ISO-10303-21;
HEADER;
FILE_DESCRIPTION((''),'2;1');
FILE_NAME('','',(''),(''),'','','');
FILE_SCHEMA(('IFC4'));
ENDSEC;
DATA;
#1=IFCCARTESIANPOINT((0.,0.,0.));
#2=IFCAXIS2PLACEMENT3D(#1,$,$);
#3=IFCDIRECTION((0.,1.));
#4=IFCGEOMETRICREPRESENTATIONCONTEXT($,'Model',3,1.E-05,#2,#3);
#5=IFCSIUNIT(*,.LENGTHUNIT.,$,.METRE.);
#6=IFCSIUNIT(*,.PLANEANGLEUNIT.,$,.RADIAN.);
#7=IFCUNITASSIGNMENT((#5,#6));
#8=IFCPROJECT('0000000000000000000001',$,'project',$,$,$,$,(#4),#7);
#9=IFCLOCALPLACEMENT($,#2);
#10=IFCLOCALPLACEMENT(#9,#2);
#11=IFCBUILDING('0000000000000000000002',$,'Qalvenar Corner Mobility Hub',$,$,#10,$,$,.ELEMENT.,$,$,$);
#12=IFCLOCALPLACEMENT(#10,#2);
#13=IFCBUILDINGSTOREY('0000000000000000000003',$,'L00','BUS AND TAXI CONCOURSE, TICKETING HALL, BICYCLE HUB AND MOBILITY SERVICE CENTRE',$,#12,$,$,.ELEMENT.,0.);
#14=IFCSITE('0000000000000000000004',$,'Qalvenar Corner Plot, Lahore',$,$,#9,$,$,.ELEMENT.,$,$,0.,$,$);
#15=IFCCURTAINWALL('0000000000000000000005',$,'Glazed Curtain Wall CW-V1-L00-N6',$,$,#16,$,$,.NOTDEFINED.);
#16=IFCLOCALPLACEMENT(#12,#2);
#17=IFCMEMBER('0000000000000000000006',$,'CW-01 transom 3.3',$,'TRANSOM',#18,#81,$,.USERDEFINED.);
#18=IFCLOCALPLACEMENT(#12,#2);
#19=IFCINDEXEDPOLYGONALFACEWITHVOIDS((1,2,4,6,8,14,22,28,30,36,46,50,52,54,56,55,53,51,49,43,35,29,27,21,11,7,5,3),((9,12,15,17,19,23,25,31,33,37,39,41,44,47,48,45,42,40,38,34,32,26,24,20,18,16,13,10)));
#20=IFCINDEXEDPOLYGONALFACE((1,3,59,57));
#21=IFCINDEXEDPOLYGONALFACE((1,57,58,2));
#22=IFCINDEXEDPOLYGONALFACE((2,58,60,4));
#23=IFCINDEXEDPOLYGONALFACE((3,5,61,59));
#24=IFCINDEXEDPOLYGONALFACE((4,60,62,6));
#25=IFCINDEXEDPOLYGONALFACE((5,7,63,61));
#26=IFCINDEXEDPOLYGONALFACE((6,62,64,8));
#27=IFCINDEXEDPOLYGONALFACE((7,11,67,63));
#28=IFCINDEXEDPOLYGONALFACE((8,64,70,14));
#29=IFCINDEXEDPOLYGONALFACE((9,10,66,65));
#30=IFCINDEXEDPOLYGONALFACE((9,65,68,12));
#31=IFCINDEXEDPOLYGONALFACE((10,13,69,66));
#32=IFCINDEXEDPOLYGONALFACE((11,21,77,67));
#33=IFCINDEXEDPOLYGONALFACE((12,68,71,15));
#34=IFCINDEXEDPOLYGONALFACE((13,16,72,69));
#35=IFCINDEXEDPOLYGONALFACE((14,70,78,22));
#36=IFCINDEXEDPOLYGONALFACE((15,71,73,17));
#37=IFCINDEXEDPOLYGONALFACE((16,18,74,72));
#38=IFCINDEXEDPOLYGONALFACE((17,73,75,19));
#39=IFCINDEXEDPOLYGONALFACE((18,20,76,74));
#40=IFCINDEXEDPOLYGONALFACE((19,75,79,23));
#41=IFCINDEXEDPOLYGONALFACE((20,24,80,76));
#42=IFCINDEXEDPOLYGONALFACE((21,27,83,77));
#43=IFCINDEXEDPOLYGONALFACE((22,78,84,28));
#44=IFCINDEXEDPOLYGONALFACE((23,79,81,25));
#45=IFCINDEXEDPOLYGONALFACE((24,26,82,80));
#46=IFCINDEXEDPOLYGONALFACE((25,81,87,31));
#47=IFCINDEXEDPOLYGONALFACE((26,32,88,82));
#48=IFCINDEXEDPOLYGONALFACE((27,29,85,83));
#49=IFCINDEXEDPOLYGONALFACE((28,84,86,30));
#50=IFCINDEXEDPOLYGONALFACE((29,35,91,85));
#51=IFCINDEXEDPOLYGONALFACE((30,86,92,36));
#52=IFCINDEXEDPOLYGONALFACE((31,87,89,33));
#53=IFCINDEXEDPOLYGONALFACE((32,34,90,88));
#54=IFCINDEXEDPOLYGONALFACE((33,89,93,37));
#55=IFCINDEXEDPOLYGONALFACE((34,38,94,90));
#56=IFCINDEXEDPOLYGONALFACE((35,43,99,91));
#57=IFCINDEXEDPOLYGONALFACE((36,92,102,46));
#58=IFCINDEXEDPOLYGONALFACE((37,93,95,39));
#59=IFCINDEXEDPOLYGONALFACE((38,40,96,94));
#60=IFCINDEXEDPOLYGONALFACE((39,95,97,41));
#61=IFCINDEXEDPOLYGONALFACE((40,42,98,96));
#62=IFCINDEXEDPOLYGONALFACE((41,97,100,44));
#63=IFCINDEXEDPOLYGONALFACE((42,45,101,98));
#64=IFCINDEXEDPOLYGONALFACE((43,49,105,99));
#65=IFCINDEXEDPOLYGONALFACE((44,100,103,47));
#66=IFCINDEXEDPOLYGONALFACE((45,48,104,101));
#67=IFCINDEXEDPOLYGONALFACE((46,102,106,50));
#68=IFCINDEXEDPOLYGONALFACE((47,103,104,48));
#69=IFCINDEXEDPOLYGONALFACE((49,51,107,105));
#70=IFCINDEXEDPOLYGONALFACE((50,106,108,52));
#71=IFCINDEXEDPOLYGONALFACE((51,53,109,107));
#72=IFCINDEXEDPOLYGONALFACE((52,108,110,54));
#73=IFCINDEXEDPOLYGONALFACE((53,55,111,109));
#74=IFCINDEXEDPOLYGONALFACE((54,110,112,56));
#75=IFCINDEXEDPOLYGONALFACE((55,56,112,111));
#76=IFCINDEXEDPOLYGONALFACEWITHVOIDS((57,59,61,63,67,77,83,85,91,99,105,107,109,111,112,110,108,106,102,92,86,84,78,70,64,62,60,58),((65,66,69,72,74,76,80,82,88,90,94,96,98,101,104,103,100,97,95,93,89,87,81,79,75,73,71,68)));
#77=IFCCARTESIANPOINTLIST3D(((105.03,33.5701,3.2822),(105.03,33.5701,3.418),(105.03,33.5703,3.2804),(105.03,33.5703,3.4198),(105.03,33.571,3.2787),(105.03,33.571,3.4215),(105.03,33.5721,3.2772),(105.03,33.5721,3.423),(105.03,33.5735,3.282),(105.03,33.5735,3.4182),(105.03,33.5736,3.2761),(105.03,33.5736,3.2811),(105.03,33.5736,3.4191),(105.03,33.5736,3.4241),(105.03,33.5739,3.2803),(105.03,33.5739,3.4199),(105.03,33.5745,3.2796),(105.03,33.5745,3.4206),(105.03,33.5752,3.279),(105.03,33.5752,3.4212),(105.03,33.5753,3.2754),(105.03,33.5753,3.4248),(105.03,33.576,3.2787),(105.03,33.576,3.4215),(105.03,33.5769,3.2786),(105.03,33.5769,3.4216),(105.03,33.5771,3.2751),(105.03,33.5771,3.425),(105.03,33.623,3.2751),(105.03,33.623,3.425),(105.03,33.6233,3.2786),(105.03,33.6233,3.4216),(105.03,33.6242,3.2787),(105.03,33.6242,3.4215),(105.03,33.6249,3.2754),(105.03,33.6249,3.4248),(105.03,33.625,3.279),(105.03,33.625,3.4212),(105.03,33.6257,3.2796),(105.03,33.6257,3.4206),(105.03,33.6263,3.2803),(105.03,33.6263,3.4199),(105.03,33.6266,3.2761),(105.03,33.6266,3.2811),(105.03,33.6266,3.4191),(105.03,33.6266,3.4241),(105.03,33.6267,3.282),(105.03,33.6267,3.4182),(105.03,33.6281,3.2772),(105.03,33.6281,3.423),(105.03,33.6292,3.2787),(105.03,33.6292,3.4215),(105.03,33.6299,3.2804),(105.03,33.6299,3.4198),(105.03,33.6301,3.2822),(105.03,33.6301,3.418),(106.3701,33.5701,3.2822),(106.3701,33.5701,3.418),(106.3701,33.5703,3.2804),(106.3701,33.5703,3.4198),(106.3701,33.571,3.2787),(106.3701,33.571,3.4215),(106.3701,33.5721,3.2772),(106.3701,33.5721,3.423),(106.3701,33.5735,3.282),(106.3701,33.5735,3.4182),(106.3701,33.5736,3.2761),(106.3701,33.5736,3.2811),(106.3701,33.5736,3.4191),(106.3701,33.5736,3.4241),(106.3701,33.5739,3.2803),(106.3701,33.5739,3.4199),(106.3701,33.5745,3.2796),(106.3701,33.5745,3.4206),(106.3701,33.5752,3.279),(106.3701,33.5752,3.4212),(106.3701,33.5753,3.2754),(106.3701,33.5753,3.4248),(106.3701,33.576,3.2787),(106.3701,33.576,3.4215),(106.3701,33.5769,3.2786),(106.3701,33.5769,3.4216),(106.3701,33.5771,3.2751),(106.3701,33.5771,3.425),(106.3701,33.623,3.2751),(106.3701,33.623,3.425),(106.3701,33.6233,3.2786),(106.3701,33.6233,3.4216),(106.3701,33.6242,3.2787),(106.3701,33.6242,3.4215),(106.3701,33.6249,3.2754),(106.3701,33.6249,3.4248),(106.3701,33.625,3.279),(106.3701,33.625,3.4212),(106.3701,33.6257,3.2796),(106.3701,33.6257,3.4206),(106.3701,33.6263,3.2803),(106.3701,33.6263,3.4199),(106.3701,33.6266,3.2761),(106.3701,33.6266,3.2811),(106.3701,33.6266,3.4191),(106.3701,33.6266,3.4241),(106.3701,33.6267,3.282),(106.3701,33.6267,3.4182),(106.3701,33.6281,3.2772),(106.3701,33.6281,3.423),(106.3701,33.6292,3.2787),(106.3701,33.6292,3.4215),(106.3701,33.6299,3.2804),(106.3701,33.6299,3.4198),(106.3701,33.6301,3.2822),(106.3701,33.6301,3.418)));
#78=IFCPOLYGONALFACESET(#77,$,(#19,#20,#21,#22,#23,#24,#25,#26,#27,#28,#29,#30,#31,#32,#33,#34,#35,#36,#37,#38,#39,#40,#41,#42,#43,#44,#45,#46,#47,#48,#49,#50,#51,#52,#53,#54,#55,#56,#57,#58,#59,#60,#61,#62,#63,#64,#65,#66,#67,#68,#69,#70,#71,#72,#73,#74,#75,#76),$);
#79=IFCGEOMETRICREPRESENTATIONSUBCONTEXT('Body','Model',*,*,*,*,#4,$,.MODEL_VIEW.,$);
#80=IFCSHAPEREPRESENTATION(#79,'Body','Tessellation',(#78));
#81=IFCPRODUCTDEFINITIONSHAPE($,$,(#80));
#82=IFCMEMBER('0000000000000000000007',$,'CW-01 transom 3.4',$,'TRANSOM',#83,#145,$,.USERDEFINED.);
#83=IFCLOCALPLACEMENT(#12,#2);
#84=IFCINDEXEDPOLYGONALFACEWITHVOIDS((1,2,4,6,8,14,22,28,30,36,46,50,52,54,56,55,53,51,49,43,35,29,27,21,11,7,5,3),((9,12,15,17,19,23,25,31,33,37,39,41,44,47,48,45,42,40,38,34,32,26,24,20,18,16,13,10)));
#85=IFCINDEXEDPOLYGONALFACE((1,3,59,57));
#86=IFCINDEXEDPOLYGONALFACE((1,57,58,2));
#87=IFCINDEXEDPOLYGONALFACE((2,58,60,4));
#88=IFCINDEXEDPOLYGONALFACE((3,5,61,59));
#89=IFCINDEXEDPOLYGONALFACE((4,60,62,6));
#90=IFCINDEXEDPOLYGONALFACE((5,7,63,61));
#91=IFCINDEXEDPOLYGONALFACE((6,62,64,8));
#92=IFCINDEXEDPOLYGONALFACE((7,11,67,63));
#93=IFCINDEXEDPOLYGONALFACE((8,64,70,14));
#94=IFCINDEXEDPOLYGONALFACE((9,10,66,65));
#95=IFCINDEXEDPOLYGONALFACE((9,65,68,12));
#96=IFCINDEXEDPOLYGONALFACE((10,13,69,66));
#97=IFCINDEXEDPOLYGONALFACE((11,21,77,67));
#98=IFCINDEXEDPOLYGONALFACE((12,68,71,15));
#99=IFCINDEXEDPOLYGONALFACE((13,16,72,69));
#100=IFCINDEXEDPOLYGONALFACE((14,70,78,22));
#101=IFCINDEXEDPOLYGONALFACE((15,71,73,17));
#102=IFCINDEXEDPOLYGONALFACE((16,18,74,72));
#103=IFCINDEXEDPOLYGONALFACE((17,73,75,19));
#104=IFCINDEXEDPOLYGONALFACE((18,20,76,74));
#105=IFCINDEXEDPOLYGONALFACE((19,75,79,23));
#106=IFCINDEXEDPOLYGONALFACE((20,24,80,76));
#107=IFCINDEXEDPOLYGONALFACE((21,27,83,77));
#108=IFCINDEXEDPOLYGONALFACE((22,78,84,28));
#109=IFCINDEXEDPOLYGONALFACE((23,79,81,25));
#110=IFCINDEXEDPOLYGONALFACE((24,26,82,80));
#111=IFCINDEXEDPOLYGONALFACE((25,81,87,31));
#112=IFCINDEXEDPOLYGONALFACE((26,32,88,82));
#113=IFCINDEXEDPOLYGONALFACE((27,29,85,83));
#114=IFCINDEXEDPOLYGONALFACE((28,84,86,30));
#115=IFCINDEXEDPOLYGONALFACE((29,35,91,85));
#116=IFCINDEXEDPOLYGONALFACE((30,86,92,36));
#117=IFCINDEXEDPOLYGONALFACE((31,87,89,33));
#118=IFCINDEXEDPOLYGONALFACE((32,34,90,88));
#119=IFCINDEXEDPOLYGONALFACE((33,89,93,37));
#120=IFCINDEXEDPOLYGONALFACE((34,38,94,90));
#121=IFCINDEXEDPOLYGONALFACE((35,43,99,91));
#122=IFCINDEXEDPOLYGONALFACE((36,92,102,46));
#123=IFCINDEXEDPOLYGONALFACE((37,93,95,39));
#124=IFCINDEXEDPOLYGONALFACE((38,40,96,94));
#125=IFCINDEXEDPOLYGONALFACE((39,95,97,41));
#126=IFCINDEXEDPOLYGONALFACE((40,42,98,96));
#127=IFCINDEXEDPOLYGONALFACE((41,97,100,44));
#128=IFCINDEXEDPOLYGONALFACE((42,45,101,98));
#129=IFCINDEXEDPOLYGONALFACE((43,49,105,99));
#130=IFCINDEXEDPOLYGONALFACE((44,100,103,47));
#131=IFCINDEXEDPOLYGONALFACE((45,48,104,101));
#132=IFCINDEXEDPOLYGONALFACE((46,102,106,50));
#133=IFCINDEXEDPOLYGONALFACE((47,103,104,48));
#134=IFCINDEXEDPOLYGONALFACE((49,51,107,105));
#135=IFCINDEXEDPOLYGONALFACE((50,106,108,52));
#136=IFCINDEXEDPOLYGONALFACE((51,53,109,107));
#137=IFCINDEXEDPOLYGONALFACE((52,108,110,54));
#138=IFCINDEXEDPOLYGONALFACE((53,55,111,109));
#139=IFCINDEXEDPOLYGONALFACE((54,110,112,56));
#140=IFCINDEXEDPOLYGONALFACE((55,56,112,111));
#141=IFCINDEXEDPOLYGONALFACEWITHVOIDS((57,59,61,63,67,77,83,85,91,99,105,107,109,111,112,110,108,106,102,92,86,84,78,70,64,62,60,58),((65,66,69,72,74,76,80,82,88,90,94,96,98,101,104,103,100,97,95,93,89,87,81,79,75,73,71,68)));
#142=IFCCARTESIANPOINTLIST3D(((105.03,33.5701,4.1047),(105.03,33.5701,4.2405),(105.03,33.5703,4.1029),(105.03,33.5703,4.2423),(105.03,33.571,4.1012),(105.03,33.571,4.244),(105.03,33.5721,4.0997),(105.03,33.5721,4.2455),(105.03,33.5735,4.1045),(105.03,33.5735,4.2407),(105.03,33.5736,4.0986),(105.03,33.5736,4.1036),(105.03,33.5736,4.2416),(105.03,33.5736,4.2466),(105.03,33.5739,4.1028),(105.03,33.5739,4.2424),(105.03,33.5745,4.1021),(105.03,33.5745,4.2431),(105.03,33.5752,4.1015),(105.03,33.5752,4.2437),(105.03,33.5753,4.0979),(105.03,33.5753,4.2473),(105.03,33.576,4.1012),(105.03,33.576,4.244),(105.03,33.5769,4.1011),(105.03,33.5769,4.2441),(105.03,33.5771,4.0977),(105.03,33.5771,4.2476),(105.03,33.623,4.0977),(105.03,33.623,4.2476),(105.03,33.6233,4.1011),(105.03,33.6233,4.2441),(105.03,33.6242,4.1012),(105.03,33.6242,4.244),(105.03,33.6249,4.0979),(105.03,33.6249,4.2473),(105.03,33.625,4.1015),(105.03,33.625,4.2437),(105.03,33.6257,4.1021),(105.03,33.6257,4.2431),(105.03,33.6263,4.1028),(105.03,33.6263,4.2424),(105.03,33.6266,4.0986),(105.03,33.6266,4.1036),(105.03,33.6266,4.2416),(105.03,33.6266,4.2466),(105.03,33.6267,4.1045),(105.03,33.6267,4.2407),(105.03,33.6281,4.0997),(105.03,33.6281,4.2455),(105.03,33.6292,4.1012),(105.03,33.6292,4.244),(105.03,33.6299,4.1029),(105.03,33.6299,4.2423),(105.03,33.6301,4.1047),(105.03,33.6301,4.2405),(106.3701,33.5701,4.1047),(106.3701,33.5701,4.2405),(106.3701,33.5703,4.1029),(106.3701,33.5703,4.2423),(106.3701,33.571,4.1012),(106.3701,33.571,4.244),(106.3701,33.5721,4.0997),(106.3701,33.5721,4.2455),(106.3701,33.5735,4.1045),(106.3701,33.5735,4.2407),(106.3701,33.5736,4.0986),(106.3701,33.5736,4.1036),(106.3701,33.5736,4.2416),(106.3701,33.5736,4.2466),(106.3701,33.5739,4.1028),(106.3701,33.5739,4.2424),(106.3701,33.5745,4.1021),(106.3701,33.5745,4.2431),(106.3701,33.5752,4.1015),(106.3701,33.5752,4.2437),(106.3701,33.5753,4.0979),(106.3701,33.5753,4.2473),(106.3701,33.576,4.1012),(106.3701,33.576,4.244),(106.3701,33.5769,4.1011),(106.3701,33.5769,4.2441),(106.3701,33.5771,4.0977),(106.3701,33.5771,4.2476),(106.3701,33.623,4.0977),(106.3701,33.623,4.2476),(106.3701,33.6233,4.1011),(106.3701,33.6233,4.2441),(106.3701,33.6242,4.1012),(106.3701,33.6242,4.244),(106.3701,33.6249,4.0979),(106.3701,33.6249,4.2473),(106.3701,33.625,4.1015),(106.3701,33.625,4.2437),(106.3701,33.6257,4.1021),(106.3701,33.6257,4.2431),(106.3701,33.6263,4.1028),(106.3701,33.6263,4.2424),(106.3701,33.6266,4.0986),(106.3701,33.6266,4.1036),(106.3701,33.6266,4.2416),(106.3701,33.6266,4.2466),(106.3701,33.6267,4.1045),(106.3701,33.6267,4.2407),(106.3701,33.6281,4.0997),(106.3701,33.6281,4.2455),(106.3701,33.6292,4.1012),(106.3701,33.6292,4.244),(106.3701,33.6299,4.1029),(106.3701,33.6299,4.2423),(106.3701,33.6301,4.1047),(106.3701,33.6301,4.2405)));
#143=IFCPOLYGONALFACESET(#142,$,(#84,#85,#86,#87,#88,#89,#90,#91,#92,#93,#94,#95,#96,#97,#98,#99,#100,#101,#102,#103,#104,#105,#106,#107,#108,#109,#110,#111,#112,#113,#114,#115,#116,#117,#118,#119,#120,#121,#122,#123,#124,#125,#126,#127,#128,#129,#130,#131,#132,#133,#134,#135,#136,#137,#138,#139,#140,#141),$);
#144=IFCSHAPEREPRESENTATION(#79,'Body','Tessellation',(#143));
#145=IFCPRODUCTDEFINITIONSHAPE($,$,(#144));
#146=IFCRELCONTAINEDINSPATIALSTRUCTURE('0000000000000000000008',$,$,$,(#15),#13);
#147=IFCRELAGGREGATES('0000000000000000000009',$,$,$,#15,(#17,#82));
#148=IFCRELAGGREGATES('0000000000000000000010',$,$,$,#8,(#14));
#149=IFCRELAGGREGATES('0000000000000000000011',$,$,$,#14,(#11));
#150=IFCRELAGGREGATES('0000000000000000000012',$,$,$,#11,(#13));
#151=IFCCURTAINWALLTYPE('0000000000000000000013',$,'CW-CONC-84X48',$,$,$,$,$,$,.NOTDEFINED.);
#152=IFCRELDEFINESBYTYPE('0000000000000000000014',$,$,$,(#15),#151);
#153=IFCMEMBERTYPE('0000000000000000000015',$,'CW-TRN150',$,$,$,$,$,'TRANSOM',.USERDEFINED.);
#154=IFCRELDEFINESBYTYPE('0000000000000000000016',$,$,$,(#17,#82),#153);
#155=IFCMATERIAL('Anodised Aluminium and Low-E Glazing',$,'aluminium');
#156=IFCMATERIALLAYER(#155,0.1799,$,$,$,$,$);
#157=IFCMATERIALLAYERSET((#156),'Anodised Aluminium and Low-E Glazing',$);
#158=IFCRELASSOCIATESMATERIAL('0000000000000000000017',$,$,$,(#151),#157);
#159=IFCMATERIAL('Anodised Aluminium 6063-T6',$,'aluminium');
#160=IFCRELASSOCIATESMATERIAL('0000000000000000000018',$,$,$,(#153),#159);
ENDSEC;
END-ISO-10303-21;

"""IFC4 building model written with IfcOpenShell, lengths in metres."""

from ifc_helpers import new_model, si_unit, direction, frame, origin, origin_2d, place, context, subcontext, project, spatial, hollow_rectangle, extrude, material, layer, layer_set, material_profile, profile_set, type_object, element, aggregate, save


model = new_model("IFC4")

# Units and contexts
model_context = context("Model", 3, precision=1e-05, world=origin(), true_north=direction((0.0, 1.0)))
body_context = subcontext(model_context, "Body", "Model", "MODEL_VIEW")
ifc_project = project(units=[si_unit("LENGTHUNIT", "METRE"), si_unit("PLANEANGLEUNIT", "RADIAN")], contexts=[model_context])

# Site, building, storey
site_placement = place(None, origin())
site = spatial("IfcSite", under=ifc_project, at=site_placement, Name="Qalvenar Corner Plot, Lahore", CompositionType="ELEMENT", RefElevation=0.0)
building_placement = place(site_placement, origin())
building = spatial("IfcBuilding", under=site, at=building_placement, Name="Qalvenar Corner Mobility Hub", CompositionType="ELEMENT")
storey_placement = place(building_placement, origin())
storey = spatial("IfcBuildingStorey", under=building, at=storey_placement, Name="L00", Description="BUS AND TAXI CONCOURSE, TICKETING HALL, BICYCLE HUB AND MOBILITY SERVICE CENTRE", CompositionType="ELEMENT", Elevation=0.0)

# Curtain wall, members
ifc_material_1 = material(Name="Anodised Aluminium and Low-E Glazing", Category="aluminium")
ifc_layer_1 = layer(ifc_material_1, 0.1799)
ifc_layer_set_1 = layer_set([ifc_layer_1], Name="Anodised Aluminium and Low-E Glazing")
curtain_wall_type = type_object("IfcCurtainWallType", Name="CW-CONC-84X48", PredefinedType="NOTDEFINED", material=ifc_layer_set_1)
curtain_wall_placement = place(storey_placement, origin())
curtain_wall = element("IfcCurtainWall", 1, at=curtain_wall_placement, inside=storey, type_object=curtain_wall_type, Name="Glazed Curtain Wall CW-V1-L00-N6", PredefinedType="NOTDEFINED")
ifc_material_2 = material(Name="Anodised Aluminium 6063-T6", Category="aluminium")
ifc_material_profile_1 = material_profile(ifc_material_2, hollow_rectangle(XDim=0.0601, YDim=0.1499, WallThickness=0.0034, InnerFilletRadius=0.0034, OuterFilletRadius=0.0071, at=origin_2d()), Name="RHS150x60x3.5")
ifc_profile_set_1 = profile_set([ifc_material_profile_1], Name="Anodised Aluminium 6063-T6")
member_type_1 = type_object("IfcMemberType", Name="CW-TRN150", ElementType="TRANSOM", PredefinedType="USERDEFINED", material=ifc_profile_set_1)
member_1_placement = place(storey_placement, frame((106.3701, 33.6001, 3.3501), z_axis=(-1.0, 0.0, 0.0), x_axis=(0.0, -1.0, 0.0)))
member_1 = element("IfcMember", 2, at=member_1_placement, type_object=member_type_1, Name="CW-01 transom 3.3", ObjectType="TRANSOM", PredefinedType="USERDEFINED", context=body_context, shape_type="SweptSolid", body=[
    extrude(hollow_rectangle(XDim=0.0601, YDim=0.1499, WallThickness=0.0034, InnerFilletRadius=0.0034, OuterFilletRadius=0.0071, at=origin_2d()), origin(), (0.0, 0.0, 1.0), 1.3401),
])
member_2_placement = place(storey_placement, frame((106.3701, 33.6001, 4.1726), z_axis=(-1.0, 0.0, 0.0), x_axis=(0.0, -1.0, 0.0)))
member_2 = element("IfcMember", 3, at=member_2_placement, type_object=member_type_1, Name="CW-01 transom 3.4", ObjectType="TRANSOM", PredefinedType="USERDEFINED", context=body_context, shape_type="SweptSolid", body=[
    extrude(hollow_rectangle(XDim=0.0601, YDim=0.1499, WallThickness=0.0034, InnerFilletRadius=0.0034, OuterFilletRadius=0.0071, at=origin_2d()), origin(), (0.0, 0.0, 1.0), 1.3401),
])
aggregate(curtain_wall, [member_1, member_2])

save(model, "model.ifc")
